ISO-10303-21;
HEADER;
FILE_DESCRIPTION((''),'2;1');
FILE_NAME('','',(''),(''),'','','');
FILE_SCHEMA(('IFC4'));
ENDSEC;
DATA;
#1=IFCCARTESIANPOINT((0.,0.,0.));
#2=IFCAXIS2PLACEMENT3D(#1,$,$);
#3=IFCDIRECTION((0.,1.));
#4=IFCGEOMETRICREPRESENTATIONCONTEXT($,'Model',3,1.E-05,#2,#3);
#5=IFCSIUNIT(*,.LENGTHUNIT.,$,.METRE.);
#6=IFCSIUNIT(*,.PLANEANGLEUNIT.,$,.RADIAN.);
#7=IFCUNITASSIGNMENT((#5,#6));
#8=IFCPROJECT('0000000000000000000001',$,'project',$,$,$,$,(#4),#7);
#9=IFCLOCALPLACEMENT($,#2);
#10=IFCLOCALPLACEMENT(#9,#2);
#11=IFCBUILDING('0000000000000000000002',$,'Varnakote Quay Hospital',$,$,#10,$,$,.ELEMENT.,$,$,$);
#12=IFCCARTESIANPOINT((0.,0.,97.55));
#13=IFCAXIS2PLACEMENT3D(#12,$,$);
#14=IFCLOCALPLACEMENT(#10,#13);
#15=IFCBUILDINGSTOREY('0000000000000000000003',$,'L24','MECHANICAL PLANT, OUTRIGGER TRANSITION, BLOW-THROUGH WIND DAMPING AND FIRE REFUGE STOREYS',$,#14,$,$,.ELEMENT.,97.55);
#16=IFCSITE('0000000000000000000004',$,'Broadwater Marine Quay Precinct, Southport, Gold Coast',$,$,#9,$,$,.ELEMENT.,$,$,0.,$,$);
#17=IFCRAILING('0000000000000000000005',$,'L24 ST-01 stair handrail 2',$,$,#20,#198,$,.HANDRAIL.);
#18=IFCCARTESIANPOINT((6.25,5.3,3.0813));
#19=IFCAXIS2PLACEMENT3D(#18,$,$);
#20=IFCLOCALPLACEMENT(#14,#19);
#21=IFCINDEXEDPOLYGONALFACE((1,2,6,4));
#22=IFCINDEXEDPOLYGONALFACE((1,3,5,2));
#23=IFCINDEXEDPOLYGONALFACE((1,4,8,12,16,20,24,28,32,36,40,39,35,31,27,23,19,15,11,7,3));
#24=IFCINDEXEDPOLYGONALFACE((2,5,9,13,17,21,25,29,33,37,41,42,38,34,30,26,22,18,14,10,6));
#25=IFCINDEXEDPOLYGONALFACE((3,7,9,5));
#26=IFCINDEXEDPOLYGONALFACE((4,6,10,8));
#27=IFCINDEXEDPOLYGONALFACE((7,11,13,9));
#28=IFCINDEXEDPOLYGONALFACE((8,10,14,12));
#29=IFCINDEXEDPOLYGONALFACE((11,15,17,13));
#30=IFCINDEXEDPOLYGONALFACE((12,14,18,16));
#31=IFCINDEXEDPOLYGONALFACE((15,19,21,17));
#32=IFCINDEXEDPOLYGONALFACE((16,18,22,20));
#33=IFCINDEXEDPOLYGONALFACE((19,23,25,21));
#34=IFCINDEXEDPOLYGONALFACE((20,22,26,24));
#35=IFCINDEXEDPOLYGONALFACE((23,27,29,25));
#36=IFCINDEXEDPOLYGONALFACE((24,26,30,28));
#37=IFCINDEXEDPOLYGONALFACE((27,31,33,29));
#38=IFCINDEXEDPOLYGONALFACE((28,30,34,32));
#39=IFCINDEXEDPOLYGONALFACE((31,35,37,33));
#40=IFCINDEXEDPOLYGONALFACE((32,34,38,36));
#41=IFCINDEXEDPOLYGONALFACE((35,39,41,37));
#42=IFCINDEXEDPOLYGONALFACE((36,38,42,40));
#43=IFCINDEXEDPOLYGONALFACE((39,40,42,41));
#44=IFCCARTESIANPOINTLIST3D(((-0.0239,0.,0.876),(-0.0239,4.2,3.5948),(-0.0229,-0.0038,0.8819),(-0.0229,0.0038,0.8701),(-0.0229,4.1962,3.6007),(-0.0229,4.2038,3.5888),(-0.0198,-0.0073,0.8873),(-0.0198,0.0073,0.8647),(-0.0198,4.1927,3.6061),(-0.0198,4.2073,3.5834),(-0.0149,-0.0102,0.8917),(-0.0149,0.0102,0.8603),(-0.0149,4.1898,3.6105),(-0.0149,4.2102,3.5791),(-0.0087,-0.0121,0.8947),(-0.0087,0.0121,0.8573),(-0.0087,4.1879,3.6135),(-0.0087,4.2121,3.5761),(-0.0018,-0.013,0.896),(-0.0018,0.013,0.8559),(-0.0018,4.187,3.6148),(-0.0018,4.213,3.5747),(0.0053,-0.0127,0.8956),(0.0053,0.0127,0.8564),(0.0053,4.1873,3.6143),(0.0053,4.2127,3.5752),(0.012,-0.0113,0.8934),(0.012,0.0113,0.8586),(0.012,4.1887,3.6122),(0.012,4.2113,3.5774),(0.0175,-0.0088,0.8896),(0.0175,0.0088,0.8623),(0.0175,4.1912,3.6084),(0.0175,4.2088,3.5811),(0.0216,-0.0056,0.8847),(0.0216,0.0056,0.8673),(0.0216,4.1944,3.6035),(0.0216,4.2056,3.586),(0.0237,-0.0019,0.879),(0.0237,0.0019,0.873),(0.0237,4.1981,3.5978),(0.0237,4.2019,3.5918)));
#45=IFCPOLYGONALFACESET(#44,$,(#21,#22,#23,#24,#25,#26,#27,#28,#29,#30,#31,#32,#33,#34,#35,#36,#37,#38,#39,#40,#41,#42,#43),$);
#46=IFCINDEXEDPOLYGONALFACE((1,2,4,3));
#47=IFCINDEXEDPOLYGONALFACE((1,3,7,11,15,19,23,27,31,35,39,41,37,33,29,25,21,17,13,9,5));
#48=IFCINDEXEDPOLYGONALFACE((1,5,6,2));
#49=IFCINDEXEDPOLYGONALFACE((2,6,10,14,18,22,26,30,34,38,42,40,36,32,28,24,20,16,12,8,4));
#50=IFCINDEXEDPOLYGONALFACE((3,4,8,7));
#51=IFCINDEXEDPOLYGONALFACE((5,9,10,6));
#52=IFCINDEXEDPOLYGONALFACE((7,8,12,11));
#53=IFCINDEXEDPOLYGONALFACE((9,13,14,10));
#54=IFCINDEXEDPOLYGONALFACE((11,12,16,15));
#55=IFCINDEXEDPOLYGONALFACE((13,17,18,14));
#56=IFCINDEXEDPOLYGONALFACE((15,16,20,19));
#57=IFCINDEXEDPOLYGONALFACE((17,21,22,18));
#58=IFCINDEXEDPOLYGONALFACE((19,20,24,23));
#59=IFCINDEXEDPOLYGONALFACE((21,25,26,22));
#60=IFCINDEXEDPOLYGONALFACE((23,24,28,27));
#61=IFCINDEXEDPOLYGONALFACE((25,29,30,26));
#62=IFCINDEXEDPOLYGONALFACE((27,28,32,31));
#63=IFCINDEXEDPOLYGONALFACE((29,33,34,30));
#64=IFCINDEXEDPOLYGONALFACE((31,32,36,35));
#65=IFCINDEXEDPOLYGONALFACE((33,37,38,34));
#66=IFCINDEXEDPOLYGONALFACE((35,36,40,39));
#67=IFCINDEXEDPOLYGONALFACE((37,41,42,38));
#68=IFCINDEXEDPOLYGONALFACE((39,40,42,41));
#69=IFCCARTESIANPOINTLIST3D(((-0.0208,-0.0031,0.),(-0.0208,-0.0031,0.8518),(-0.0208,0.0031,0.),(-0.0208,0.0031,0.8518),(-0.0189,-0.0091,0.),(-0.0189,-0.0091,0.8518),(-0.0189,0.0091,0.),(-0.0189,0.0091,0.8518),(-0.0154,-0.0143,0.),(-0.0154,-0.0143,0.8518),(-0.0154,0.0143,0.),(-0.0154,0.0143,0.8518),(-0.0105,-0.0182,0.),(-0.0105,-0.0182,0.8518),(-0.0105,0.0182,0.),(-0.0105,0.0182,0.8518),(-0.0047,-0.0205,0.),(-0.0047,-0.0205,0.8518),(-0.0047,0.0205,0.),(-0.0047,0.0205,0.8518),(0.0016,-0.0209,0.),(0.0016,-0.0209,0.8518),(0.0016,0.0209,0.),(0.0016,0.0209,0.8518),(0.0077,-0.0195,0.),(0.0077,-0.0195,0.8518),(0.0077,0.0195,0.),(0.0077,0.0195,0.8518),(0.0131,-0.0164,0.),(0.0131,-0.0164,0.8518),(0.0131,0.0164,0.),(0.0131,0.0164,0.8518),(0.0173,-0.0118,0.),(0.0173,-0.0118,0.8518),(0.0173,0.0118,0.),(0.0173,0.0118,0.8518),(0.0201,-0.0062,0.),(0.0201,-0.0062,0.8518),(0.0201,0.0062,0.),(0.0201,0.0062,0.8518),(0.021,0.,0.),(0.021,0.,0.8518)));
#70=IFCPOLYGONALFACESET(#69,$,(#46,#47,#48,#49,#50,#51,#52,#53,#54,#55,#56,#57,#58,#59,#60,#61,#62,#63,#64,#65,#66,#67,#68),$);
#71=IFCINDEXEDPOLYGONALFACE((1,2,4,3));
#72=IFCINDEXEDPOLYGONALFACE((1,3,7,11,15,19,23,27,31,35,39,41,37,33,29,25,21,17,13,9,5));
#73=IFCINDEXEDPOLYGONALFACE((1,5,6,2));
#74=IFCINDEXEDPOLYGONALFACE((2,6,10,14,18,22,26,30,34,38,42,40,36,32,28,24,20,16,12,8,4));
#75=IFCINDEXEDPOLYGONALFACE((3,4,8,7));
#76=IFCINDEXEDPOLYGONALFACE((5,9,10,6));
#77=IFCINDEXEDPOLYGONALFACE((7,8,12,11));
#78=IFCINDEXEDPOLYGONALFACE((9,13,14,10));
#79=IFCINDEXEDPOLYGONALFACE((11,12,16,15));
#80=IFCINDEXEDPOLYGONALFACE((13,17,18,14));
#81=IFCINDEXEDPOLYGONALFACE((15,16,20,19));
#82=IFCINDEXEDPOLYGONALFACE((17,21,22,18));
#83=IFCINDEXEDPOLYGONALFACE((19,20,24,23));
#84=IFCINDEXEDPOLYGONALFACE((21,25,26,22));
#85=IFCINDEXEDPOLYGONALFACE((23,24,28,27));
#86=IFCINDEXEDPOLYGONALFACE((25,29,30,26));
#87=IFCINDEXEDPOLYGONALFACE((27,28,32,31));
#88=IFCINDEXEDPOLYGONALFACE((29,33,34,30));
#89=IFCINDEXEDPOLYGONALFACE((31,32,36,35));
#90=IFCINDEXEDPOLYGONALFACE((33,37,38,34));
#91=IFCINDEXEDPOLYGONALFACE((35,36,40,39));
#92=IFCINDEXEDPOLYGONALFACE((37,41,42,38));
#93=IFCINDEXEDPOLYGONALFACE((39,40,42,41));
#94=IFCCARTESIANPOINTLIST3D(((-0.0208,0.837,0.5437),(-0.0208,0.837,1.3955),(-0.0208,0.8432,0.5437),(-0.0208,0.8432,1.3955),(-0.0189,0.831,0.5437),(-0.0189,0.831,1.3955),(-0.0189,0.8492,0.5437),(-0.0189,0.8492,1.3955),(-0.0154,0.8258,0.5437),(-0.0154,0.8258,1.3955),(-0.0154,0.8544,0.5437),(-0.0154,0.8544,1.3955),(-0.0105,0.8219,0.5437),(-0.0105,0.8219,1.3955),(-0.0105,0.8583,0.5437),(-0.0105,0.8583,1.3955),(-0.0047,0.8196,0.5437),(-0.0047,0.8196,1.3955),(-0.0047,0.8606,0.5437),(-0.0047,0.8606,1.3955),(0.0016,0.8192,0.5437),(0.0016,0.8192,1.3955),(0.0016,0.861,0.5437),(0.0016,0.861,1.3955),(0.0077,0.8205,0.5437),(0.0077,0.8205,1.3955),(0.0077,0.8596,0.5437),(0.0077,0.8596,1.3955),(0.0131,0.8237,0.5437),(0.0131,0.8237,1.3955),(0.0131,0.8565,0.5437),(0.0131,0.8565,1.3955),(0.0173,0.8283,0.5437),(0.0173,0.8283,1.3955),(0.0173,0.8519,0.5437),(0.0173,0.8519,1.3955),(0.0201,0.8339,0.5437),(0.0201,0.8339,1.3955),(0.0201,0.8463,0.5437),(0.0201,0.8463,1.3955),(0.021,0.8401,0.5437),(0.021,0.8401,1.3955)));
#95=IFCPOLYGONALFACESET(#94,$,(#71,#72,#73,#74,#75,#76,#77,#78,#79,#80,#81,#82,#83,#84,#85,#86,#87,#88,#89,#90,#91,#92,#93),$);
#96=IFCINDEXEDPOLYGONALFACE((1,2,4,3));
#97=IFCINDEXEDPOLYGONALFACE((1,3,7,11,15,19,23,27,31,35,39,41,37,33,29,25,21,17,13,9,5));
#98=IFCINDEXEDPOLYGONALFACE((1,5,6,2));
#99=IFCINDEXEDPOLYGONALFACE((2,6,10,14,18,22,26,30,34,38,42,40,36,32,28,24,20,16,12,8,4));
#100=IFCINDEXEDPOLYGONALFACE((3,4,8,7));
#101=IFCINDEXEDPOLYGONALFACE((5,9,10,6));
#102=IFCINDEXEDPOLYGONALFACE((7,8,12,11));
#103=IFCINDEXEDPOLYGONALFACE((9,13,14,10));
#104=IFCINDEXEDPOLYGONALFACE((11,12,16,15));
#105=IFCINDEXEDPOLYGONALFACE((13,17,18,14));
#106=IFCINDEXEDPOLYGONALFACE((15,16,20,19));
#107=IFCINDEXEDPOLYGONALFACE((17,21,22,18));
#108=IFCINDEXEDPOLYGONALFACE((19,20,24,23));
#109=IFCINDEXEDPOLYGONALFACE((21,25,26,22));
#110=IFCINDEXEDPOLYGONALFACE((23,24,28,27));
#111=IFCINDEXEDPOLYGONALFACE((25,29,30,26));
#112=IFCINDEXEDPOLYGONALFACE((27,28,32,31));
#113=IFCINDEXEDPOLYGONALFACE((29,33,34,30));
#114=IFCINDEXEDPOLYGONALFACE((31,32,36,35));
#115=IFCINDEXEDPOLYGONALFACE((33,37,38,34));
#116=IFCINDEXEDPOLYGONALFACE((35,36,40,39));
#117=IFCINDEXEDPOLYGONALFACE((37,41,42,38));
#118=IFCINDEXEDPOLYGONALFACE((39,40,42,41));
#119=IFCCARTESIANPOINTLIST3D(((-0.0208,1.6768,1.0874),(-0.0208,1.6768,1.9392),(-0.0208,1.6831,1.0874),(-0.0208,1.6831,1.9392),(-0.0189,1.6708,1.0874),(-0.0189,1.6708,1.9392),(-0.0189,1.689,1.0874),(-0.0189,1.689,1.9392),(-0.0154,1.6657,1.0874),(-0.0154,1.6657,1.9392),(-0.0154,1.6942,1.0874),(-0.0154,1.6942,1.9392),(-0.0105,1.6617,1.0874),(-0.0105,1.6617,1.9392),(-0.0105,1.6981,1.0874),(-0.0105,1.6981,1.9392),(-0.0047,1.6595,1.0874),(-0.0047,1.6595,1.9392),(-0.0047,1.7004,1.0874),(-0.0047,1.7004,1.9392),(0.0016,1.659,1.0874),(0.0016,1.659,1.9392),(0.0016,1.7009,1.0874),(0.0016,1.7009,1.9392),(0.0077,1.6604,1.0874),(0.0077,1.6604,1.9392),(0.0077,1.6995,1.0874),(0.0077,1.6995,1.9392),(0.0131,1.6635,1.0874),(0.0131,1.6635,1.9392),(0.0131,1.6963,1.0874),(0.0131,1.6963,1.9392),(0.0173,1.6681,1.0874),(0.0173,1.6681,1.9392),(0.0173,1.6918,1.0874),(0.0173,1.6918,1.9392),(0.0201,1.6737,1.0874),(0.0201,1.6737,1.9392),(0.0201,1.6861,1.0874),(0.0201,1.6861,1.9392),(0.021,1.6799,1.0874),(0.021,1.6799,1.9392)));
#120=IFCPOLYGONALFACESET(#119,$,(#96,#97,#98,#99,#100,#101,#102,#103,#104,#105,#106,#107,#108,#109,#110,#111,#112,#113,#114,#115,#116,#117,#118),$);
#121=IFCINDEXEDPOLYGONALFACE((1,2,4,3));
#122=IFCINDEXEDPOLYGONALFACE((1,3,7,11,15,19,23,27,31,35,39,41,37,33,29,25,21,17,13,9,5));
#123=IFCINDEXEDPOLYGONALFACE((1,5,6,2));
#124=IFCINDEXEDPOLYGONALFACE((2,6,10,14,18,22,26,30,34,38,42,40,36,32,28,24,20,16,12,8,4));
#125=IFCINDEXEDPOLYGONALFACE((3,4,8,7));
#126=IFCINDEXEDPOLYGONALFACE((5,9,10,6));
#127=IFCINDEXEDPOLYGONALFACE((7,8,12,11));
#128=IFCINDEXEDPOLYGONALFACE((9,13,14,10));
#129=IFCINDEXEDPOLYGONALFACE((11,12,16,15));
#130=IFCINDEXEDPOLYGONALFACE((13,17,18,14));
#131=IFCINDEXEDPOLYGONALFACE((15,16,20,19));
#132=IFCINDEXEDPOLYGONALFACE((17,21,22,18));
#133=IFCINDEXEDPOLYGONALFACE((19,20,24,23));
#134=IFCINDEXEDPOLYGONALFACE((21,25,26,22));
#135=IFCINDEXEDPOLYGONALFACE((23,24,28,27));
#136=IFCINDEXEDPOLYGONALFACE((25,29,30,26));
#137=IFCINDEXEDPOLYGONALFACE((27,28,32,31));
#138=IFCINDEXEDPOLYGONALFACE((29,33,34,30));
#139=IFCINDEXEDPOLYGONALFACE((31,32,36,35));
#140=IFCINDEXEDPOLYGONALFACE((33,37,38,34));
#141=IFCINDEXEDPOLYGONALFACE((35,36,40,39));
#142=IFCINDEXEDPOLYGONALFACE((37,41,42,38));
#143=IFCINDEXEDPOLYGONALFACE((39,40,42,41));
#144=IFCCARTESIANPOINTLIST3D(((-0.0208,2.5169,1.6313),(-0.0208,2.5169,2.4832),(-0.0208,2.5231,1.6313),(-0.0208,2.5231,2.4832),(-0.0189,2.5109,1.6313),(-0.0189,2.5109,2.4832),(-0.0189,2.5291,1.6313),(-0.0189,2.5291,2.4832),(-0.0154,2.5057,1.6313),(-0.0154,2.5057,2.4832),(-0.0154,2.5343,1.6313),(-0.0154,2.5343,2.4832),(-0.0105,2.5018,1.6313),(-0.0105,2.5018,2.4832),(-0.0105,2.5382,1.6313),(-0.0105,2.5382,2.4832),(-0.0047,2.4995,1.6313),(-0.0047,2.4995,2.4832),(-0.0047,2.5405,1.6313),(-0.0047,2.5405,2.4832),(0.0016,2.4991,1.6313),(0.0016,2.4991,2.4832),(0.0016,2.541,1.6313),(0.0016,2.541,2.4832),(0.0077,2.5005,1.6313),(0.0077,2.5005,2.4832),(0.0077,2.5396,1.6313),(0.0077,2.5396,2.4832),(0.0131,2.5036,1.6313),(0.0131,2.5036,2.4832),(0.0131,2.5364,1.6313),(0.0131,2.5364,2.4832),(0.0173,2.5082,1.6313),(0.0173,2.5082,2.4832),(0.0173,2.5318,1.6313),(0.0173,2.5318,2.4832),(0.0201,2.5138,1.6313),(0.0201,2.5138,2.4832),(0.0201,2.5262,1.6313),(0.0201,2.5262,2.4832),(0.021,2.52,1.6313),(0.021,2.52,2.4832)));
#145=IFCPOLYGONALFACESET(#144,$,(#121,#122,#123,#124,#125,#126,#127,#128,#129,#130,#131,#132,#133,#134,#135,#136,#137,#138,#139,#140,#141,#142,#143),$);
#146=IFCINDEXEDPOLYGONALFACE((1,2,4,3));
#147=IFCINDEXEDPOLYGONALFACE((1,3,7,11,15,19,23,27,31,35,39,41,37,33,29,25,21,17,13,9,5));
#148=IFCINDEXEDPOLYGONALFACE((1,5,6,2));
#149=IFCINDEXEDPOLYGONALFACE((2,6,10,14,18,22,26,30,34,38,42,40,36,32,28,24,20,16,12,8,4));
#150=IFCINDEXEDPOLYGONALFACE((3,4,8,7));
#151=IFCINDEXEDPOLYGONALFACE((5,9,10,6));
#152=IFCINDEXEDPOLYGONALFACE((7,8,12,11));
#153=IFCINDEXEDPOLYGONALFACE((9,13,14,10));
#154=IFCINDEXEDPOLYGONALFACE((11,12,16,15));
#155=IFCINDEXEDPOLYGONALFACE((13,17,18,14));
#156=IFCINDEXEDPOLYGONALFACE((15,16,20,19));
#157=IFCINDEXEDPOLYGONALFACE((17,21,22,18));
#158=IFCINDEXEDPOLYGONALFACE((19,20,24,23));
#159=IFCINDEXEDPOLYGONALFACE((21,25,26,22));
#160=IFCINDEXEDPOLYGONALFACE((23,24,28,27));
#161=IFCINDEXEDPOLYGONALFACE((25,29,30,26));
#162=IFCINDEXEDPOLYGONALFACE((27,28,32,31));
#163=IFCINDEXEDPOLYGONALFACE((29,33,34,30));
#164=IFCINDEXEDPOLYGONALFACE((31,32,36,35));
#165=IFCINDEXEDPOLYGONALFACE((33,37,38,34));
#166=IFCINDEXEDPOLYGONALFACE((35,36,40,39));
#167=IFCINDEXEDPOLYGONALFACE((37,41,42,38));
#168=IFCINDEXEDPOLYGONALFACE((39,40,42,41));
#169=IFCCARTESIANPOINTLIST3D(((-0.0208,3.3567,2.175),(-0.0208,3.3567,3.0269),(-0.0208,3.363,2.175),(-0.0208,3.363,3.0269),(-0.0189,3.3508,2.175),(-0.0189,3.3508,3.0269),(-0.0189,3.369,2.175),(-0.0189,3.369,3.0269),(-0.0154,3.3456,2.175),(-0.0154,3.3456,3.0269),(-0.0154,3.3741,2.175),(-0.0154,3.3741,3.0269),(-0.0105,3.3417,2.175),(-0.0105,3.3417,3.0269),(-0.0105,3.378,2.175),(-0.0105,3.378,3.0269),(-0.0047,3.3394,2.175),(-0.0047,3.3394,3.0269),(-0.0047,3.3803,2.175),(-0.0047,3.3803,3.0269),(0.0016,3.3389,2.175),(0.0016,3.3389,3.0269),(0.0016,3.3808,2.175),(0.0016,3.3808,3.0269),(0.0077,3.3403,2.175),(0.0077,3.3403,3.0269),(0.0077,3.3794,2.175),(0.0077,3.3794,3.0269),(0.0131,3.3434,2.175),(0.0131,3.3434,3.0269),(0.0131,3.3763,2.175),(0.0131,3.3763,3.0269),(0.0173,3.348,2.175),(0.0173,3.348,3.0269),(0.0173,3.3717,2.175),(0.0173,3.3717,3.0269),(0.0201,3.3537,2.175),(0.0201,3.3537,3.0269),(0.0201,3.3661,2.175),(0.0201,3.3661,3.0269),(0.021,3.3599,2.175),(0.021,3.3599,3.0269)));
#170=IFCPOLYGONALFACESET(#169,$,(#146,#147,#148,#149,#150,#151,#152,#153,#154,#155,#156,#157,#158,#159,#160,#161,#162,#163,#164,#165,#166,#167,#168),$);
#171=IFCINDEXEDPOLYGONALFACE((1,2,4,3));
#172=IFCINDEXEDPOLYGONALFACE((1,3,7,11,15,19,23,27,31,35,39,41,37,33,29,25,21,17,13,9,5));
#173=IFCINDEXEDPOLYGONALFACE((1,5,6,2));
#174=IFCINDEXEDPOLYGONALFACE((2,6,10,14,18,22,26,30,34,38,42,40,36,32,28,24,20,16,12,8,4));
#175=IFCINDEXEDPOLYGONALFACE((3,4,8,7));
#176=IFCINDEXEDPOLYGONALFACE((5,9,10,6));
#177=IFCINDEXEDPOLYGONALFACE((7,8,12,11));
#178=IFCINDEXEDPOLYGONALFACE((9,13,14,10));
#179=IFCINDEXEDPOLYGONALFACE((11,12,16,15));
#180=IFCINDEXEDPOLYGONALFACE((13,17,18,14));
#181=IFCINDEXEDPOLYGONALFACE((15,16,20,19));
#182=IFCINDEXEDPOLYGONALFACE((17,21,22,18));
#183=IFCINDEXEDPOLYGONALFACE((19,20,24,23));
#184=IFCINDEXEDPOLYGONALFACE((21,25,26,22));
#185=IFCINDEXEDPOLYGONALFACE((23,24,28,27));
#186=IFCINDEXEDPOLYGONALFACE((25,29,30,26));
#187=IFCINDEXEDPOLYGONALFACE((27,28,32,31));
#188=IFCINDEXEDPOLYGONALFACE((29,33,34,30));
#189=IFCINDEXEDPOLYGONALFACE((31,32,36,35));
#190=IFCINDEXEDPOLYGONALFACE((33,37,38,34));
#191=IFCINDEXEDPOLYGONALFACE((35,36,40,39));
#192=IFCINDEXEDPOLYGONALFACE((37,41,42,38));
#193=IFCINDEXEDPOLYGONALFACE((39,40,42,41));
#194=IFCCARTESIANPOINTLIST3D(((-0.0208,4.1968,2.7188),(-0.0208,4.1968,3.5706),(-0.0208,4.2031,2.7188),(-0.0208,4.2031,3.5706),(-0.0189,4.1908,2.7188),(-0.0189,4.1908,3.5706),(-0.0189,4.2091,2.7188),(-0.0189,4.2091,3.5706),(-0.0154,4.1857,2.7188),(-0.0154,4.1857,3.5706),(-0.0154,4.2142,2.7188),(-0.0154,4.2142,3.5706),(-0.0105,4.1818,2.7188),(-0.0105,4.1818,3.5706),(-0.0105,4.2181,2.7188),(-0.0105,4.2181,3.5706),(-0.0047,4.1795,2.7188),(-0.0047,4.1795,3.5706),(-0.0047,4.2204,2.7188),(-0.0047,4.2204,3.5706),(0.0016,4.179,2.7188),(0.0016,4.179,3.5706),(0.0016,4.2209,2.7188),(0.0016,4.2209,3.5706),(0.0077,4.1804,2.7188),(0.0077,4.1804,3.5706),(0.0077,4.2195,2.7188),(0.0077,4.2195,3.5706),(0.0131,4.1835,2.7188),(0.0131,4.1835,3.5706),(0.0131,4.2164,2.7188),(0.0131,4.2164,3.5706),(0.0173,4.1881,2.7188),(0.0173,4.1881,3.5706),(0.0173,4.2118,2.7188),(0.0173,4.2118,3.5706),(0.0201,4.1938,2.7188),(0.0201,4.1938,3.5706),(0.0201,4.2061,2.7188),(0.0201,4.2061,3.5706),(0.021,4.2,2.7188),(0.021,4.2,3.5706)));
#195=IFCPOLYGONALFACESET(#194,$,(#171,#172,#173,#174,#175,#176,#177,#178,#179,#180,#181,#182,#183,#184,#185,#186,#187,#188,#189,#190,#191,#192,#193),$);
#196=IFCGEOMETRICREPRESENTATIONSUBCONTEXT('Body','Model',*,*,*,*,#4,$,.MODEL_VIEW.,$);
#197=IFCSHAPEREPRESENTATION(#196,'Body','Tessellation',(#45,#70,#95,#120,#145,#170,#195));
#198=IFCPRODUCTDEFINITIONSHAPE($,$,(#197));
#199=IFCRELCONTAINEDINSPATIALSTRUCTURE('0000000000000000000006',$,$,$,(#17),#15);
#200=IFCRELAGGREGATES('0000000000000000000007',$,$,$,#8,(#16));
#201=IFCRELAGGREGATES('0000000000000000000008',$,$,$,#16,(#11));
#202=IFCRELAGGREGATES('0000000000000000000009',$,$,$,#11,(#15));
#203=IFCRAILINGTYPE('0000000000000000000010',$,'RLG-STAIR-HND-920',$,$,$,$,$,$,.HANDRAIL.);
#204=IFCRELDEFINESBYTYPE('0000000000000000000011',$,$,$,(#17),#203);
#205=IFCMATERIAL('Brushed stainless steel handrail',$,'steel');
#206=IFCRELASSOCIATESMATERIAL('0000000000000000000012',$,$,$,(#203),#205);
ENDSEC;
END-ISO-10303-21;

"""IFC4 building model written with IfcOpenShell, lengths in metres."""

from ifc_helpers import new_model, si_unit, direction, frame, origin, origin_2d, place, context, subcontext, project, spatial, circle, extrude, material, type_object, element, save


model = new_model("IFC4")

# Units and contexts
model_context = context("Model", 3, precision=1e-05, world=origin(), true_north=direction((0.0, 1.0)))
body_context = subcontext(model_context, "Body", "Model", "MODEL_VIEW")
ifc_project = project(units=[si_unit("LENGTHUNIT", "METRE"), si_unit("PLANEANGLEUNIT", "RADIAN")], contexts=[model_context])

# Site, building, storey
site_placement = place(None, origin())
site = spatial("IfcSite", under=ifc_project, at=site_placement, Name="Broadwater Marine Quay Precinct, Southport, Gold Coast", CompositionType="ELEMENT", RefElevation=0.0)
building_placement = place(site_placement, origin())
building = spatial("IfcBuilding", under=site, at=building_placement, Name="Varnakote Quay Hospital", CompositionType="ELEMENT")
storey_placement = place(building_placement, frame((0.0, 0.0, 97.55)))
storey = spatial("IfcBuildingStorey", under=building, at=storey_placement, Name="L24", Description="MECHANICAL PLANT, OUTRIGGER TRANSITION, BLOW-THROUGH WIND DAMPING AND FIRE REFUGE STOREYS", CompositionType="ELEMENT", Elevation=97.55)

# Railing
ifc_material_1 = material(Name="Brushed stainless steel handrail", Category="steel")
railing_type_1 = type_object("IfcRailingType", Name="RLG-STAIR-HND-920", PredefinedType="HANDRAIL", material=ifc_material_1)
railing_1_placement = place(storey_placement, frame((6.25, 5.3, 3.0813)))
element("IfcRailing", 1, at=railing_1_placement, inside=storey, type_object=railing_type_1, Name="L24 ST-01 stair handrail 2", PredefinedType="HANDRAIL", context=body_context, shape_type="SweptSolid", body=[
    extrude(circle(Radius=0.0239, at=origin_2d()), frame((0.0, 0.0, 0.876), z_axis=(0.0, 0.839467, 0.543411), x_axis=(-1.0, 0.0, 0.0)), (0.0, 0.0, 1.0), 5.0032),
    extrude(circle(Radius=0.021, at=origin_2d()), origin(), (0.0, 0.0, 1.0), 0.8518),
    extrude(circle(Radius=0.021, at=origin_2d()), frame((0.0, 0.8401, 0.5437)), (0.0, 0.0, 1.0), 0.8518),
    extrude(circle(Radius=0.021, at=origin_2d()), frame((0.0, 1.6799, 1.0874)), (0.0, 0.0, 1.0), 0.8518),
    extrude(circle(Radius=0.021, at=origin_2d()), frame((0.0, 2.52, 1.6313)), (0.0, 0.0, 1.0), 0.8518),
    extrude(circle(Radius=0.021, at=origin_2d()), frame((0.0, 3.3599, 2.175)), (0.0, 0.0, 1.0), 0.8518),
    extrude(circle(Radius=0.021, at=origin_2d()), frame((0.0, 4.2, 2.7188)), (0.0, 0.0, 1.0), 0.8518),
])

save(model, "model.ifc")
